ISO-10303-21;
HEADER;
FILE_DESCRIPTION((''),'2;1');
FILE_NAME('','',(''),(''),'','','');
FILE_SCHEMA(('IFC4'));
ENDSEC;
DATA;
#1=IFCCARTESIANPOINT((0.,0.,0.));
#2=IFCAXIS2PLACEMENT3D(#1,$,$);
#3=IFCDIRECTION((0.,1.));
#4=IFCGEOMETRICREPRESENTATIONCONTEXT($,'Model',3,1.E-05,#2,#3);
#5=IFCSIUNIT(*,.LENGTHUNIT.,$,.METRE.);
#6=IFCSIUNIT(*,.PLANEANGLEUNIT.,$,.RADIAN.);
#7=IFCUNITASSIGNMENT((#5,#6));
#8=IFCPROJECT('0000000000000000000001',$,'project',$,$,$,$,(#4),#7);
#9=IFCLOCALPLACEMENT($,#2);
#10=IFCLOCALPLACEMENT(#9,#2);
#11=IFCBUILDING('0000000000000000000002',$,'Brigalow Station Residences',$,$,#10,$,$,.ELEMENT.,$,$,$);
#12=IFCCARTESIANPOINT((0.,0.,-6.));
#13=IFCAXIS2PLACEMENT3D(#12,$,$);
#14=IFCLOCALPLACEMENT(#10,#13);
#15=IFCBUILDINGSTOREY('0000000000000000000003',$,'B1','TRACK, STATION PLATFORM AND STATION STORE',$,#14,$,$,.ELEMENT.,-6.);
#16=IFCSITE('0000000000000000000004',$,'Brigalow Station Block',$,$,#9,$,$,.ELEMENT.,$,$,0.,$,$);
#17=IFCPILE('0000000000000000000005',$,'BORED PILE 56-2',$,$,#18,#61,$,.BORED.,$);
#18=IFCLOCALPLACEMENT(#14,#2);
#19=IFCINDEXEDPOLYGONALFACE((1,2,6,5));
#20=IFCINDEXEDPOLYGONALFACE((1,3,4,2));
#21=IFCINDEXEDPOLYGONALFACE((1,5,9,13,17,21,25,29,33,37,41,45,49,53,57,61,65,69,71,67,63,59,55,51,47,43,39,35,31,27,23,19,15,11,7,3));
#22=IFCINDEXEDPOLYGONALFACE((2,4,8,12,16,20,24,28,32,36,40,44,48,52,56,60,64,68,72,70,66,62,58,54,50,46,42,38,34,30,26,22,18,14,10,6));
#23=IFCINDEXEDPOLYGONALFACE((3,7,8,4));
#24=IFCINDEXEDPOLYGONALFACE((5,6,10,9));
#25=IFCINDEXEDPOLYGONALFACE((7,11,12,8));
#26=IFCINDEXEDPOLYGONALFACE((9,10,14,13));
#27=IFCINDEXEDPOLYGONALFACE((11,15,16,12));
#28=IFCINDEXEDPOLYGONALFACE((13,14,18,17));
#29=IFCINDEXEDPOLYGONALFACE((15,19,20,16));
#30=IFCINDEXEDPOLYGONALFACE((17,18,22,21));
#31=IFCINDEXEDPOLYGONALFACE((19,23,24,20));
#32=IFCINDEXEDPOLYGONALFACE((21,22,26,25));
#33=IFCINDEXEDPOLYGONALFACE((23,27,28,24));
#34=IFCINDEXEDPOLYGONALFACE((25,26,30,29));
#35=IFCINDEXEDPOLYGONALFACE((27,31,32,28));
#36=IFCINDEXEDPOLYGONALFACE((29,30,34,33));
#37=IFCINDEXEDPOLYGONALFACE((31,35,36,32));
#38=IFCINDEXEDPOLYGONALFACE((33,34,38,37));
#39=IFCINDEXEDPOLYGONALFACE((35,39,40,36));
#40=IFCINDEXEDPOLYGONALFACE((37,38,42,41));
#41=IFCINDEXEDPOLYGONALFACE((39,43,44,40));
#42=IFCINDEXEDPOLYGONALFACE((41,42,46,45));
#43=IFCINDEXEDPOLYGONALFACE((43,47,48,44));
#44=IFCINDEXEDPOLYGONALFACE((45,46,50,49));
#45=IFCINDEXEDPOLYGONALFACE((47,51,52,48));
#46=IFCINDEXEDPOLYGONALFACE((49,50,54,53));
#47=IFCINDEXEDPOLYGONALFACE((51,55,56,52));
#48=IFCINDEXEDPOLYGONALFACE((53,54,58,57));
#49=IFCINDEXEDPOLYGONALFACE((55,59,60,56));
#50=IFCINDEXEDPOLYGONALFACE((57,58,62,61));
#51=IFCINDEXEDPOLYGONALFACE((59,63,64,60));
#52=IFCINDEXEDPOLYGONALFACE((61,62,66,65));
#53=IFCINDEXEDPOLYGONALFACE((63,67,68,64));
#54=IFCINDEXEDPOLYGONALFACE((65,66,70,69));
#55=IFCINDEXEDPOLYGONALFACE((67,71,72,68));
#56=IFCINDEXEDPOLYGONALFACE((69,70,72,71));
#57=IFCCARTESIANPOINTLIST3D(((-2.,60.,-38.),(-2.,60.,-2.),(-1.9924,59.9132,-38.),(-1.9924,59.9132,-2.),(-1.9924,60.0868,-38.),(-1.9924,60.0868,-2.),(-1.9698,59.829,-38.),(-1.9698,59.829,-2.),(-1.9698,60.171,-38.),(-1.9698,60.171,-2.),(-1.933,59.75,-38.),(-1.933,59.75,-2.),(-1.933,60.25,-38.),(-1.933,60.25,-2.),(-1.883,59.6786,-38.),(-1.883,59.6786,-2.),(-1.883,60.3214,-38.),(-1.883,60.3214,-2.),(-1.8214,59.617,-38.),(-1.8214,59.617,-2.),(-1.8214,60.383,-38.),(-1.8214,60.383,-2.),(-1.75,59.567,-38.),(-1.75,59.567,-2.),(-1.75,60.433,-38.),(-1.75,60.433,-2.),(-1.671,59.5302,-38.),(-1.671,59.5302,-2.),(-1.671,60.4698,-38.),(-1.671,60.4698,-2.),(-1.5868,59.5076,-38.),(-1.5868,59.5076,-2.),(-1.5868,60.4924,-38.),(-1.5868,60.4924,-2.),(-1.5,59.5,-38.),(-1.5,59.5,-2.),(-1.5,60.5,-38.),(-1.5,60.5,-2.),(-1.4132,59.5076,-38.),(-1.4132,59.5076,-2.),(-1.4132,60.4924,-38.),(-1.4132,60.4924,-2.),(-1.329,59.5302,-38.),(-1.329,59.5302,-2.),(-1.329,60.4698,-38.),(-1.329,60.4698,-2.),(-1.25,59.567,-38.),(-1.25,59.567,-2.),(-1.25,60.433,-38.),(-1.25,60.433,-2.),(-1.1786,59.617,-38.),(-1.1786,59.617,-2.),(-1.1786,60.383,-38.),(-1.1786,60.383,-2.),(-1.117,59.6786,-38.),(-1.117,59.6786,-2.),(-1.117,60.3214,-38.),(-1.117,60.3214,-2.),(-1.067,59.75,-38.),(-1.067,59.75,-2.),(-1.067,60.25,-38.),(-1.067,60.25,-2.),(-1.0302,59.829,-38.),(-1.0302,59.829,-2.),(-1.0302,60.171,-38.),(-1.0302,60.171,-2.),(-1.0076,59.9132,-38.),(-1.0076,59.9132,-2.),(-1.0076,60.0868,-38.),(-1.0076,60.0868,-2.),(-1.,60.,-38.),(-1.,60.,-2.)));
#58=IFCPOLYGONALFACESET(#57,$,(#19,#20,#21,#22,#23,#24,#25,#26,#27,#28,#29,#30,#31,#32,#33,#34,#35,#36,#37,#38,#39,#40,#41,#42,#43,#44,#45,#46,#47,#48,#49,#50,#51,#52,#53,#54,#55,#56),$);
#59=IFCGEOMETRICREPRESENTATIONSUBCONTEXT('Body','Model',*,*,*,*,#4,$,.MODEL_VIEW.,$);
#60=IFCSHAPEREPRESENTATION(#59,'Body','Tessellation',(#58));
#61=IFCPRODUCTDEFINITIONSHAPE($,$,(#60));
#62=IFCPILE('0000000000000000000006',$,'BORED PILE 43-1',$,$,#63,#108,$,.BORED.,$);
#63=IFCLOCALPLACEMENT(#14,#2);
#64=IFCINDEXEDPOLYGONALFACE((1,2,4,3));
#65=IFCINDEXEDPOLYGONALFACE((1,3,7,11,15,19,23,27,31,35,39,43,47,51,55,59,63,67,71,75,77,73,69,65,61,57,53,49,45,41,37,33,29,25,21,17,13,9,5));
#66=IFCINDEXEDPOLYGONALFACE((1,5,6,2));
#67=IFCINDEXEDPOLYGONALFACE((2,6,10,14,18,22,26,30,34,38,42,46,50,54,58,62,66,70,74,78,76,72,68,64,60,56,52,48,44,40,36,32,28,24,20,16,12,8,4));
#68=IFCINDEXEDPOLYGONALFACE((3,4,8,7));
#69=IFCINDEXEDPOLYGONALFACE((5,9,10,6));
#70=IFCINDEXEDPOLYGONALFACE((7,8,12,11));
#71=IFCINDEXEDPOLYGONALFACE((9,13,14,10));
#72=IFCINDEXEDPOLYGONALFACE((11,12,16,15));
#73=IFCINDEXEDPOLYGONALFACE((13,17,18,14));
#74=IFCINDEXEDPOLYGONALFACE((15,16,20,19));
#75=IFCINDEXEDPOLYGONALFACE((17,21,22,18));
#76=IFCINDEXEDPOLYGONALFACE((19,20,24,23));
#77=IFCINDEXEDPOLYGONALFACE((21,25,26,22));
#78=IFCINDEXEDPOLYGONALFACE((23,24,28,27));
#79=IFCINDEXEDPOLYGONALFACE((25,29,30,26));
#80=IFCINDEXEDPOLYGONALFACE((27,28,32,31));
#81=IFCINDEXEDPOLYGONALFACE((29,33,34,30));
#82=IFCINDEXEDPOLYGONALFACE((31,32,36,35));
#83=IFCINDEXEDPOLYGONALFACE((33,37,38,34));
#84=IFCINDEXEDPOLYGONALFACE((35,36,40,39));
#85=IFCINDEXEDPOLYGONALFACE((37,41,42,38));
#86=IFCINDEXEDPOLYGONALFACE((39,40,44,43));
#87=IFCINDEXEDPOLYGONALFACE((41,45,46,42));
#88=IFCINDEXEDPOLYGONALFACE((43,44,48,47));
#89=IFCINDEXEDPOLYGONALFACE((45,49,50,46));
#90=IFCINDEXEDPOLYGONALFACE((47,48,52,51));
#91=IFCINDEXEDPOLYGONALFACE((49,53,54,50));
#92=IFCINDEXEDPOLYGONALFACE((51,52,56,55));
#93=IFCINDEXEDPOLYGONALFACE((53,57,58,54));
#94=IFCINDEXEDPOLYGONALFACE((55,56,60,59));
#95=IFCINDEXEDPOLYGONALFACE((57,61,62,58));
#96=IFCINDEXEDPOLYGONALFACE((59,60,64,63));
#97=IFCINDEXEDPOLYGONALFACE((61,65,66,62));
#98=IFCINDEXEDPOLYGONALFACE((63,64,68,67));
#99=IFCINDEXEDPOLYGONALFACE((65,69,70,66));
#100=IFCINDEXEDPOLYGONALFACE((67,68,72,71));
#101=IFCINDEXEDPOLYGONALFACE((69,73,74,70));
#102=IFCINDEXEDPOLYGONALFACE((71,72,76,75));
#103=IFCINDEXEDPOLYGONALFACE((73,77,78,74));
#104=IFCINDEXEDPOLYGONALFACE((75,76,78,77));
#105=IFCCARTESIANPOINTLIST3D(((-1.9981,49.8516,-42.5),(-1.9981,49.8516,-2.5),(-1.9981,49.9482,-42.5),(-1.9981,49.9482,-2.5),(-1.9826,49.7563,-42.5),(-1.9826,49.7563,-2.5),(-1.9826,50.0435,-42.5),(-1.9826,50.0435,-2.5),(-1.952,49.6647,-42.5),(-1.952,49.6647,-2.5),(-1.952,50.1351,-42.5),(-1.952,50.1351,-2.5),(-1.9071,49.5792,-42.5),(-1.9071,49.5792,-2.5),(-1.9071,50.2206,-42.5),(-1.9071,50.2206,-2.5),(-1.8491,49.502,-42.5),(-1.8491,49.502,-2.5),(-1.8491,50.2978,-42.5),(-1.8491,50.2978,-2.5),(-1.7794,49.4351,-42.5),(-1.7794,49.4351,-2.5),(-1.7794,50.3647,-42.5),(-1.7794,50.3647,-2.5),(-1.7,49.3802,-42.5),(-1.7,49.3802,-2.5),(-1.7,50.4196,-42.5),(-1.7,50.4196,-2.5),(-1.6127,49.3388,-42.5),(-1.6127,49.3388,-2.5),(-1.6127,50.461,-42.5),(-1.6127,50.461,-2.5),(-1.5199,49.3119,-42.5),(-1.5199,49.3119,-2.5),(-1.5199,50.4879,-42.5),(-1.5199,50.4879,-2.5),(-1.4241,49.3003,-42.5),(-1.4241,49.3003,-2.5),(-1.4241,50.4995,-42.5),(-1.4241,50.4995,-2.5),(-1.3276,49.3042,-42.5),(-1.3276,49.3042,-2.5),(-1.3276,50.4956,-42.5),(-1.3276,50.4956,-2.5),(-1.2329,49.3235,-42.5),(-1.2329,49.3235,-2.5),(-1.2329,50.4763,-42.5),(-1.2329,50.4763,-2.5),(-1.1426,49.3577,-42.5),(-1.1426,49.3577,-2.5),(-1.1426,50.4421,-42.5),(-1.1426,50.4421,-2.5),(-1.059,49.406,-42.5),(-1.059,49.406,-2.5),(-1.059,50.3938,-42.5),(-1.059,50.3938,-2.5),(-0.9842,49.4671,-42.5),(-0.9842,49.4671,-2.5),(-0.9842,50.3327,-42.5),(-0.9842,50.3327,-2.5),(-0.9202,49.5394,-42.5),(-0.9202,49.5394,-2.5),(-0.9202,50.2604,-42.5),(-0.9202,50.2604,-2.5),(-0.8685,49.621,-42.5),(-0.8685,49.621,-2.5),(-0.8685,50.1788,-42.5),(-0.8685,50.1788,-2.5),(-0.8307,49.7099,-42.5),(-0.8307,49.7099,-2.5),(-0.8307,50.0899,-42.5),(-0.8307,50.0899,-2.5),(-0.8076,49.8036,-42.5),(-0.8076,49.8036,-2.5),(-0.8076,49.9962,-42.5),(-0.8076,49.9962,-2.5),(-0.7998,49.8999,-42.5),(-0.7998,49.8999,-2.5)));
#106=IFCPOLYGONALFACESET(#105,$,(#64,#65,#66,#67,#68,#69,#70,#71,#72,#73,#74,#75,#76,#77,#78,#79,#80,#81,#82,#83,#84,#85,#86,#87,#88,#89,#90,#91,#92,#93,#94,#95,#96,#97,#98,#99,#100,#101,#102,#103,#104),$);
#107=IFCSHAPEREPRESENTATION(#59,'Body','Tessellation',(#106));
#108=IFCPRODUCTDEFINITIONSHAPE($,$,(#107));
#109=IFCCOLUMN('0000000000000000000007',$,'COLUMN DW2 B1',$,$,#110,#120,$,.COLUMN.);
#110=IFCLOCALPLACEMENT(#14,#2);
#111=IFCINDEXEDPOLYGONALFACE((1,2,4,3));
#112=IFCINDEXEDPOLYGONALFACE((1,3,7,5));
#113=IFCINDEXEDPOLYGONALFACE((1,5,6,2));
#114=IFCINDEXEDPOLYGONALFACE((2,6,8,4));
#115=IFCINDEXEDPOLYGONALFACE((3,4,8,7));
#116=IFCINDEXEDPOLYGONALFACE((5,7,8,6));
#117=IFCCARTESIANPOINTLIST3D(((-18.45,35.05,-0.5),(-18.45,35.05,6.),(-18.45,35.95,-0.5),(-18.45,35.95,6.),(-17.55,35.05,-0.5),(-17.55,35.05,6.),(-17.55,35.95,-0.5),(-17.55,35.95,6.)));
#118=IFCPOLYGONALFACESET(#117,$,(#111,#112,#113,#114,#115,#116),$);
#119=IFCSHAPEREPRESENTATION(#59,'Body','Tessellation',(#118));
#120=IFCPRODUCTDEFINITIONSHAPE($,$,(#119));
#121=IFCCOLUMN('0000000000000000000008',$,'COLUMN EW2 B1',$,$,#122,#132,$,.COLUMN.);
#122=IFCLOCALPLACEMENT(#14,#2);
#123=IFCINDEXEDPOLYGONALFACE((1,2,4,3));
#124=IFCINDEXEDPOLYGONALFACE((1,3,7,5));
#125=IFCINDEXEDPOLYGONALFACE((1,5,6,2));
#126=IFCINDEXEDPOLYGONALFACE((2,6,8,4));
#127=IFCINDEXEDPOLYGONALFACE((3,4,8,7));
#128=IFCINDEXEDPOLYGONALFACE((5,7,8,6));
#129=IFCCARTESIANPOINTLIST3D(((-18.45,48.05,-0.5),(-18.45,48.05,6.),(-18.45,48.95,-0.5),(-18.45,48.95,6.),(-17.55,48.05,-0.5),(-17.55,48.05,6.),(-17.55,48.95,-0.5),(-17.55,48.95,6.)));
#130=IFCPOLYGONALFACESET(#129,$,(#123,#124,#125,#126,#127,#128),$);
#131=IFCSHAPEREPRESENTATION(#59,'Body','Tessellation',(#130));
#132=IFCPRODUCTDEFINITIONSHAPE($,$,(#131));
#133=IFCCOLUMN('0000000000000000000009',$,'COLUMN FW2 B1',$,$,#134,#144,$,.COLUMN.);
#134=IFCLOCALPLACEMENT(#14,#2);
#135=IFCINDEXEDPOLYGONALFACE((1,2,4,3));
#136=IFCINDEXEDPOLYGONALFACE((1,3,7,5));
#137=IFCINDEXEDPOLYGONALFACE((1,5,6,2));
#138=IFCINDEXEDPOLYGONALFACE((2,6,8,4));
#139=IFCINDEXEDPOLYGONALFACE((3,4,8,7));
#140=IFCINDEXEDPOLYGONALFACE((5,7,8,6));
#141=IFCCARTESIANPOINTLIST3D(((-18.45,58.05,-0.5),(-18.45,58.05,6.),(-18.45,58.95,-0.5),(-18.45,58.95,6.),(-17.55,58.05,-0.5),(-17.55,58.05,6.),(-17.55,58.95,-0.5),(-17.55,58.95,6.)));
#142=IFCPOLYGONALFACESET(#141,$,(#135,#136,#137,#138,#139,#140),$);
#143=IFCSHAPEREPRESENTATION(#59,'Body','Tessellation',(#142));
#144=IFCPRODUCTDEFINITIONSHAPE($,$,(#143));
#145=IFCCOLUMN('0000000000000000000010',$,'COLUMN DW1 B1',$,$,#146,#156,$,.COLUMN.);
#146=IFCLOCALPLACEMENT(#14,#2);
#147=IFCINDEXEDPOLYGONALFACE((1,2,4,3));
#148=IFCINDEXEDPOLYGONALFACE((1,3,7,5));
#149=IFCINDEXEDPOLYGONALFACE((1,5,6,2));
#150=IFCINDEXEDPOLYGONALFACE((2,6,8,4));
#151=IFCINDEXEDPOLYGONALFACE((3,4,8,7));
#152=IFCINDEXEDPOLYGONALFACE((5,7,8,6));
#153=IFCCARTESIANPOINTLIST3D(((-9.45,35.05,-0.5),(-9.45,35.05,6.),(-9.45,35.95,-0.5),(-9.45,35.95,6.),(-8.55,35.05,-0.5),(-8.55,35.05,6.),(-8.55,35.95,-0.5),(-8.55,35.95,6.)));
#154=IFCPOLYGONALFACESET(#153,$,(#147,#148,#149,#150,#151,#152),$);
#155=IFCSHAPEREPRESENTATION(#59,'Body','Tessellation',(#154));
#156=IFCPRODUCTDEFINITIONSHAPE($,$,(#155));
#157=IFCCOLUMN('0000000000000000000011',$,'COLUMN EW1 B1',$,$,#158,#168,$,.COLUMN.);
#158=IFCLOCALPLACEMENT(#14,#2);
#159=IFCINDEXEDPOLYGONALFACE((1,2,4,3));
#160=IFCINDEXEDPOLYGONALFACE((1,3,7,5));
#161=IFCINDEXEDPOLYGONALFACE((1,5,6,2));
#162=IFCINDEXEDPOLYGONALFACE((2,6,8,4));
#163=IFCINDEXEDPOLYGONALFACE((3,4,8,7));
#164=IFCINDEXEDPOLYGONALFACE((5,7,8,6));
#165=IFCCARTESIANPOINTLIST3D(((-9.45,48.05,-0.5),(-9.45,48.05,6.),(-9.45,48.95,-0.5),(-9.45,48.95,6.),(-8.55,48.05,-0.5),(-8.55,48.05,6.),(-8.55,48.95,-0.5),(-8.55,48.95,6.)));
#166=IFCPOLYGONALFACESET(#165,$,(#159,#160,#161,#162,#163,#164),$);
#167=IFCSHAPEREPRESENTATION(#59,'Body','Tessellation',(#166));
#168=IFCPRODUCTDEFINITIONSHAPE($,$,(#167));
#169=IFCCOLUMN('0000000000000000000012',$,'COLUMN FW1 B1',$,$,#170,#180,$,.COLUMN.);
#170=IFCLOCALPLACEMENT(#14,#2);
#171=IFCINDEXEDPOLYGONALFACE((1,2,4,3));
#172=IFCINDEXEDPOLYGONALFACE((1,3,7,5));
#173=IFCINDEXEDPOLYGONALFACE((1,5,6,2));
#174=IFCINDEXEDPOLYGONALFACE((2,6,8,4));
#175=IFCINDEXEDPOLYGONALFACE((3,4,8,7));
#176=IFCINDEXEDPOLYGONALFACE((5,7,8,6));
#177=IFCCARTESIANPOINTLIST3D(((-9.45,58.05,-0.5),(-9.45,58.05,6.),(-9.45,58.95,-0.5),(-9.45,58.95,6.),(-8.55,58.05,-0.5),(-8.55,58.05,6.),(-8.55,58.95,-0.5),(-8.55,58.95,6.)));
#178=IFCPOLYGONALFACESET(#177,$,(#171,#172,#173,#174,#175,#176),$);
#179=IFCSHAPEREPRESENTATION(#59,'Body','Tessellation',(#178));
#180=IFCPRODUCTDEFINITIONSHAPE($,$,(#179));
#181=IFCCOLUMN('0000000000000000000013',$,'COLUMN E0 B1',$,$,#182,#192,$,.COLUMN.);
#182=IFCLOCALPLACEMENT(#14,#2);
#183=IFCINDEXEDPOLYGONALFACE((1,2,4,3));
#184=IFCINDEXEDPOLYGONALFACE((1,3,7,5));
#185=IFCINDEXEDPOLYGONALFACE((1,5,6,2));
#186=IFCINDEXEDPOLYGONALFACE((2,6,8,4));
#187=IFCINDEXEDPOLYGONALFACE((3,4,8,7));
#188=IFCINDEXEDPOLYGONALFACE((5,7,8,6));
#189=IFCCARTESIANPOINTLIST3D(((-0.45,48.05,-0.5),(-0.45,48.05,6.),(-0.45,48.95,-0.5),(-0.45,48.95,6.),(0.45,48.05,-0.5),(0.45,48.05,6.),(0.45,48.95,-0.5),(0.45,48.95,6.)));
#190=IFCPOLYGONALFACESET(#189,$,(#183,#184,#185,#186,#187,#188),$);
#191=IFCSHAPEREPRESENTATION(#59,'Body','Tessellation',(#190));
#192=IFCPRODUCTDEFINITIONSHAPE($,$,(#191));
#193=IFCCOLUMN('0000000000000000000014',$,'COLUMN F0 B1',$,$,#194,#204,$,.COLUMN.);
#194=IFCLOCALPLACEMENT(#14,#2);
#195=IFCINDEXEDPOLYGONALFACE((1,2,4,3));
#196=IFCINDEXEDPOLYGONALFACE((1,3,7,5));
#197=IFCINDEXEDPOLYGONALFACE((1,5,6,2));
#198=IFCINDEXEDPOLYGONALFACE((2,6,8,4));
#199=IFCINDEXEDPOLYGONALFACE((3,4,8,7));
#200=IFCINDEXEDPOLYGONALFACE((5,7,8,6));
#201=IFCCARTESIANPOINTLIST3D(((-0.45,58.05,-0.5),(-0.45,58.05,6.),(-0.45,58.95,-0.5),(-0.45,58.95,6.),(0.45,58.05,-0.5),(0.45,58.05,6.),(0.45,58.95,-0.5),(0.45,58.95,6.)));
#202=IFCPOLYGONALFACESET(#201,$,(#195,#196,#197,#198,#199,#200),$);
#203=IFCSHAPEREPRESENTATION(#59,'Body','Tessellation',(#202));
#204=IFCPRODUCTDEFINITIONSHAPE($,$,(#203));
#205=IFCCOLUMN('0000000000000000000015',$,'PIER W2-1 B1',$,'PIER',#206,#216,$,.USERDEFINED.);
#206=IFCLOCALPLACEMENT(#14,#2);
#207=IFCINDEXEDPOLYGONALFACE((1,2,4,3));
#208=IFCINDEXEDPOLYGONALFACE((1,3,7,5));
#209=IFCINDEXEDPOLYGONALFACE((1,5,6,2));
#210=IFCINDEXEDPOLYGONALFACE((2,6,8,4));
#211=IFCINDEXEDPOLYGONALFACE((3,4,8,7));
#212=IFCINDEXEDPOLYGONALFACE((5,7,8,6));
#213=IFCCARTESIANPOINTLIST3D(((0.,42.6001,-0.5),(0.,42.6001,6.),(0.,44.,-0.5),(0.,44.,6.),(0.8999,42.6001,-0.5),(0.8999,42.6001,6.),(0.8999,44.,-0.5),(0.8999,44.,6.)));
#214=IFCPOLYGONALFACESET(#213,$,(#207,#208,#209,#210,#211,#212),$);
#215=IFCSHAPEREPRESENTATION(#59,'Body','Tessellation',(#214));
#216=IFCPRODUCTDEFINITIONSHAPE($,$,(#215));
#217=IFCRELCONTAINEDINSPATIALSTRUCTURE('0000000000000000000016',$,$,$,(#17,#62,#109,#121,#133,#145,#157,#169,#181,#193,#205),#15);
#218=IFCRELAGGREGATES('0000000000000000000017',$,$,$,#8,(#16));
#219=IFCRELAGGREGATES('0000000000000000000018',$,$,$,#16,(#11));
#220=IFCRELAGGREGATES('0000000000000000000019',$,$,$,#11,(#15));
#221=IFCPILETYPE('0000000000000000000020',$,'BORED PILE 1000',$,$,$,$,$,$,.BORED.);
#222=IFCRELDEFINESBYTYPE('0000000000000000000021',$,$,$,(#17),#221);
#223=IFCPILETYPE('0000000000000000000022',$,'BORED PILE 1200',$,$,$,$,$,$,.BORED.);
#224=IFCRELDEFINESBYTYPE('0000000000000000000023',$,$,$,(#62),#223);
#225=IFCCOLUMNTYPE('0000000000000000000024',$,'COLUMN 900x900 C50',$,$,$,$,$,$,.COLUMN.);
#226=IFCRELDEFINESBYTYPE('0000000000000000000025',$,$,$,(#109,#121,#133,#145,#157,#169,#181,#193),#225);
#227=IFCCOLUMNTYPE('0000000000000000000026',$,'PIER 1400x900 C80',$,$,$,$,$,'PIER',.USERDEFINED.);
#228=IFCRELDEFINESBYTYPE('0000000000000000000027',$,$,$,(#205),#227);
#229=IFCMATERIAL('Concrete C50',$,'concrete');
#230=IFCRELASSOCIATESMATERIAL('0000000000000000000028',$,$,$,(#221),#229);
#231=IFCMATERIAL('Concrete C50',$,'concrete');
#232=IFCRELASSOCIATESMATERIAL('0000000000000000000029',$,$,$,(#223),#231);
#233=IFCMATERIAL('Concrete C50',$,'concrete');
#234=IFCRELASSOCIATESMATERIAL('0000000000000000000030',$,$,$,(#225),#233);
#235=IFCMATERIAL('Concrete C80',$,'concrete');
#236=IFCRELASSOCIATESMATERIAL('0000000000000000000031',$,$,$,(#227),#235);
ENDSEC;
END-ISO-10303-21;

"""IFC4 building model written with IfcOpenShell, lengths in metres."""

from ifc_helpers import new_model, si_unit, direction, frame, origin, origin_2d, place, context, subcontext, project, spatial, rectangle, circle, extrude, material, material_profile, profile_set, type_object, element, save


model = new_model("IFC4")

# Units and contexts
model_context = context("Model", 3, precision=1e-05, world=origin(), true_north=direction((0.0, 1.0)))
body_context = subcontext(model_context, "Body", "Model", "MODEL_VIEW")
ifc_project = project(units=[si_unit("LENGTHUNIT", "METRE"), si_unit("PLANEANGLEUNIT", "RADIAN")], contexts=[model_context])

# Site, building, storey
site_placement = place(None, origin())
site = spatial("IfcSite", under=ifc_project, at=site_placement, Name="Brigalow Station Block", CompositionType="ELEMENT", RefElevation=0.0)
building_placement = place(site_placement, origin())
building = spatial("IfcBuilding", under=site, at=building_placement, Name="Brigalow Station Residences", CompositionType="ELEMENT")
storey_placement = place(building_placement, frame((0.0, 0.0, -6.0)))
storey = spatial("IfcBuildingStorey", under=building, at=storey_placement, Name="B1", Description="TRACK, STATION PLATFORM AND STATION STORE", CompositionType="ELEMENT", Elevation=-6.0)

# Piles
ifc_material_1 = material(Name="Concrete C50", Category="concrete")
ifc_material_profile_1 = material_profile(ifc_material_1, circle(Radius=0.5, at=origin_2d()), Name="BP1000")
ifc_profile_set_1 = profile_set([ifc_material_profile_1], Name="Concrete C50")
pile_type_1 = type_object("IfcPileType", Name="BORED PILE 1000", PredefinedType="BORED", material=ifc_profile_set_1)
for number, where, z_axis, x_axis, name in (
    (1, (-1.5, 60.0, -2.0), (0.0, 0.0, -1.0), (1.0, 0.0, 0.0), "BORED PILE 56-2"),
):
    element("IfcPile", number, at=place(storey_placement, frame(where, z_axis=z_axis, x_axis=x_axis)), inside=storey, type_object=pile_type_1, Name=name, PredefinedType="BORED", context=body_context, shape_type="SweptSolid", body=[
        extrude(circle(Radius=0.5, at=origin_2d()), origin(), (0.0, 0.0, 1.0), 36.0),
    ])
ifc_material_2 = material(Name="Concrete C50", Category="concrete")
ifc_material_profile_2 = material_profile(ifc_material_2, circle(Radius=0.6001, at=origin_2d()), Name="BP1200")
ifc_profile_set_2 = profile_set([ifc_material_profile_2], Name="Concrete C50")
pile_type_2 = type_object("IfcPileType", Name="BORED PILE 1200", PredefinedType="BORED", material=ifc_profile_set_2)
pile_placement = place(storey_placement, frame((-1.3999, 49.8999, -2.5), z_axis=(0.0, 0.0, -1.0), x_axis=(1.0, 0.0, 0.0)))
element("IfcPile", 2, at=pile_placement, inside=storey, type_object=pile_type_2, Name="BORED PILE 43-1", PredefinedType="BORED", context=body_context, shape_type="SweptSolid", body=[
    extrude(circle(Radius=0.6001, at=origin_2d()), origin(), (0.0, 0.0, 1.0), 40.0),
])

# Columns
ifc_material_3 = material(Name="Concrete C50", Category="concrete")
ifc_material_profile_3 = material_profile(ifc_material_3, rectangle(XDim=0.8999, YDim=0.8999, at=origin_2d()), Name="RC900x900")
ifc_profile_set_3 = profile_set([ifc_material_profile_3], Name="Concrete C50")
column_type_1 = type_object("IfcColumnType", Name="COLUMN 900x900 C50", PredefinedType="COLUMN", material=ifc_profile_set_3)
for number, where, z_axis, x_axis, name in (
    (3, (-18.0, 35.5, -0.5), (0.0, 0.0, 1.0), (1.0, 0.0, 0.0), "COLUMN DW2 B1"),
    (4, (-18.0, 48.5, -0.5), (0.0, 0.0, 1.0), (1.0, 0.0, 0.0), "COLUMN EW2 B1"),
    (5, (-18.0, 58.5, -0.5), (0.0, 0.0, 1.0), (1.0, 0.0, 0.0), "COLUMN FW2 B1"),
    (6, (-9.0, 35.5, -0.5), (0.0, 0.0, 1.0), (1.0, 0.0, 0.0), "COLUMN DW1 B1"),
    (7, (-9.0, 48.5, -0.5), (0.0, 0.0, 1.0), (1.0, 0.0, 0.0), "COLUMN EW1 B1"),
    (8, (-9.0, 58.5, -0.5), (0.0, 0.0, 1.0), (1.0, 0.0, 0.0), "COLUMN FW1 B1"),
    (9, (0.0, 48.5, -0.5), (0.0, 0.0, 1.0), (1.0, 0.0, 0.0), "COLUMN E0 B1"),
    (10, (0.0, 58.5, -0.5), (0.0, 0.0, 1.0), (1.0, 0.0, 0.0), "COLUMN F0 B1"),
):
    element("IfcColumn", number, at=place(storey_placement, frame(where, z_axis=z_axis, x_axis=x_axis)), inside=storey, type_object=column_type_1, Name=name, PredefinedType="COLUMN", context=body_context, shape_type="SweptSolid", body=[
        extrude(rectangle(XDim=0.8999, YDim=0.8999, at=origin_2d()), origin(), (0.0, 0.0, 1.0), 6.5),
    ])
ifc_material_4 = material(Name="Concrete C80", Category="concrete")
ifc_material_profile_4 = material_profile(ifc_material_4, rectangle(XDim=1.3999, YDim=0.8999, at=origin_2d()), Name="RC1400x900")
ifc_profile_set_4 = profile_set([ifc_material_profile_4], Name="Concrete C80")
column_type_2 = type_object("IfcColumnType", Name="PIER 1400x900 C80", ElementType="PIER", PredefinedType="USERDEFINED", material=ifc_profile_set_4)
column_placement = place(storey_placement, frame((0.45, 43.3, -0.5), z_axis=(0.0, 0.0, 1.0), x_axis=(0.0, -1.0, 0.0)))
element("IfcColumn", 11, at=column_placement, inside=storey, type_object=column_type_2, Name="PIER W2-1 B1", ObjectType="PIER", PredefinedType="USERDEFINED", context=body_context, shape_type="SweptSolid", body=[
    extrude(rectangle(XDim=1.3999, YDim=0.8999, at=origin_2d()), origin(), (0.0, 0.0, 1.0), 6.5),
])

save(model, "model.ifc")
